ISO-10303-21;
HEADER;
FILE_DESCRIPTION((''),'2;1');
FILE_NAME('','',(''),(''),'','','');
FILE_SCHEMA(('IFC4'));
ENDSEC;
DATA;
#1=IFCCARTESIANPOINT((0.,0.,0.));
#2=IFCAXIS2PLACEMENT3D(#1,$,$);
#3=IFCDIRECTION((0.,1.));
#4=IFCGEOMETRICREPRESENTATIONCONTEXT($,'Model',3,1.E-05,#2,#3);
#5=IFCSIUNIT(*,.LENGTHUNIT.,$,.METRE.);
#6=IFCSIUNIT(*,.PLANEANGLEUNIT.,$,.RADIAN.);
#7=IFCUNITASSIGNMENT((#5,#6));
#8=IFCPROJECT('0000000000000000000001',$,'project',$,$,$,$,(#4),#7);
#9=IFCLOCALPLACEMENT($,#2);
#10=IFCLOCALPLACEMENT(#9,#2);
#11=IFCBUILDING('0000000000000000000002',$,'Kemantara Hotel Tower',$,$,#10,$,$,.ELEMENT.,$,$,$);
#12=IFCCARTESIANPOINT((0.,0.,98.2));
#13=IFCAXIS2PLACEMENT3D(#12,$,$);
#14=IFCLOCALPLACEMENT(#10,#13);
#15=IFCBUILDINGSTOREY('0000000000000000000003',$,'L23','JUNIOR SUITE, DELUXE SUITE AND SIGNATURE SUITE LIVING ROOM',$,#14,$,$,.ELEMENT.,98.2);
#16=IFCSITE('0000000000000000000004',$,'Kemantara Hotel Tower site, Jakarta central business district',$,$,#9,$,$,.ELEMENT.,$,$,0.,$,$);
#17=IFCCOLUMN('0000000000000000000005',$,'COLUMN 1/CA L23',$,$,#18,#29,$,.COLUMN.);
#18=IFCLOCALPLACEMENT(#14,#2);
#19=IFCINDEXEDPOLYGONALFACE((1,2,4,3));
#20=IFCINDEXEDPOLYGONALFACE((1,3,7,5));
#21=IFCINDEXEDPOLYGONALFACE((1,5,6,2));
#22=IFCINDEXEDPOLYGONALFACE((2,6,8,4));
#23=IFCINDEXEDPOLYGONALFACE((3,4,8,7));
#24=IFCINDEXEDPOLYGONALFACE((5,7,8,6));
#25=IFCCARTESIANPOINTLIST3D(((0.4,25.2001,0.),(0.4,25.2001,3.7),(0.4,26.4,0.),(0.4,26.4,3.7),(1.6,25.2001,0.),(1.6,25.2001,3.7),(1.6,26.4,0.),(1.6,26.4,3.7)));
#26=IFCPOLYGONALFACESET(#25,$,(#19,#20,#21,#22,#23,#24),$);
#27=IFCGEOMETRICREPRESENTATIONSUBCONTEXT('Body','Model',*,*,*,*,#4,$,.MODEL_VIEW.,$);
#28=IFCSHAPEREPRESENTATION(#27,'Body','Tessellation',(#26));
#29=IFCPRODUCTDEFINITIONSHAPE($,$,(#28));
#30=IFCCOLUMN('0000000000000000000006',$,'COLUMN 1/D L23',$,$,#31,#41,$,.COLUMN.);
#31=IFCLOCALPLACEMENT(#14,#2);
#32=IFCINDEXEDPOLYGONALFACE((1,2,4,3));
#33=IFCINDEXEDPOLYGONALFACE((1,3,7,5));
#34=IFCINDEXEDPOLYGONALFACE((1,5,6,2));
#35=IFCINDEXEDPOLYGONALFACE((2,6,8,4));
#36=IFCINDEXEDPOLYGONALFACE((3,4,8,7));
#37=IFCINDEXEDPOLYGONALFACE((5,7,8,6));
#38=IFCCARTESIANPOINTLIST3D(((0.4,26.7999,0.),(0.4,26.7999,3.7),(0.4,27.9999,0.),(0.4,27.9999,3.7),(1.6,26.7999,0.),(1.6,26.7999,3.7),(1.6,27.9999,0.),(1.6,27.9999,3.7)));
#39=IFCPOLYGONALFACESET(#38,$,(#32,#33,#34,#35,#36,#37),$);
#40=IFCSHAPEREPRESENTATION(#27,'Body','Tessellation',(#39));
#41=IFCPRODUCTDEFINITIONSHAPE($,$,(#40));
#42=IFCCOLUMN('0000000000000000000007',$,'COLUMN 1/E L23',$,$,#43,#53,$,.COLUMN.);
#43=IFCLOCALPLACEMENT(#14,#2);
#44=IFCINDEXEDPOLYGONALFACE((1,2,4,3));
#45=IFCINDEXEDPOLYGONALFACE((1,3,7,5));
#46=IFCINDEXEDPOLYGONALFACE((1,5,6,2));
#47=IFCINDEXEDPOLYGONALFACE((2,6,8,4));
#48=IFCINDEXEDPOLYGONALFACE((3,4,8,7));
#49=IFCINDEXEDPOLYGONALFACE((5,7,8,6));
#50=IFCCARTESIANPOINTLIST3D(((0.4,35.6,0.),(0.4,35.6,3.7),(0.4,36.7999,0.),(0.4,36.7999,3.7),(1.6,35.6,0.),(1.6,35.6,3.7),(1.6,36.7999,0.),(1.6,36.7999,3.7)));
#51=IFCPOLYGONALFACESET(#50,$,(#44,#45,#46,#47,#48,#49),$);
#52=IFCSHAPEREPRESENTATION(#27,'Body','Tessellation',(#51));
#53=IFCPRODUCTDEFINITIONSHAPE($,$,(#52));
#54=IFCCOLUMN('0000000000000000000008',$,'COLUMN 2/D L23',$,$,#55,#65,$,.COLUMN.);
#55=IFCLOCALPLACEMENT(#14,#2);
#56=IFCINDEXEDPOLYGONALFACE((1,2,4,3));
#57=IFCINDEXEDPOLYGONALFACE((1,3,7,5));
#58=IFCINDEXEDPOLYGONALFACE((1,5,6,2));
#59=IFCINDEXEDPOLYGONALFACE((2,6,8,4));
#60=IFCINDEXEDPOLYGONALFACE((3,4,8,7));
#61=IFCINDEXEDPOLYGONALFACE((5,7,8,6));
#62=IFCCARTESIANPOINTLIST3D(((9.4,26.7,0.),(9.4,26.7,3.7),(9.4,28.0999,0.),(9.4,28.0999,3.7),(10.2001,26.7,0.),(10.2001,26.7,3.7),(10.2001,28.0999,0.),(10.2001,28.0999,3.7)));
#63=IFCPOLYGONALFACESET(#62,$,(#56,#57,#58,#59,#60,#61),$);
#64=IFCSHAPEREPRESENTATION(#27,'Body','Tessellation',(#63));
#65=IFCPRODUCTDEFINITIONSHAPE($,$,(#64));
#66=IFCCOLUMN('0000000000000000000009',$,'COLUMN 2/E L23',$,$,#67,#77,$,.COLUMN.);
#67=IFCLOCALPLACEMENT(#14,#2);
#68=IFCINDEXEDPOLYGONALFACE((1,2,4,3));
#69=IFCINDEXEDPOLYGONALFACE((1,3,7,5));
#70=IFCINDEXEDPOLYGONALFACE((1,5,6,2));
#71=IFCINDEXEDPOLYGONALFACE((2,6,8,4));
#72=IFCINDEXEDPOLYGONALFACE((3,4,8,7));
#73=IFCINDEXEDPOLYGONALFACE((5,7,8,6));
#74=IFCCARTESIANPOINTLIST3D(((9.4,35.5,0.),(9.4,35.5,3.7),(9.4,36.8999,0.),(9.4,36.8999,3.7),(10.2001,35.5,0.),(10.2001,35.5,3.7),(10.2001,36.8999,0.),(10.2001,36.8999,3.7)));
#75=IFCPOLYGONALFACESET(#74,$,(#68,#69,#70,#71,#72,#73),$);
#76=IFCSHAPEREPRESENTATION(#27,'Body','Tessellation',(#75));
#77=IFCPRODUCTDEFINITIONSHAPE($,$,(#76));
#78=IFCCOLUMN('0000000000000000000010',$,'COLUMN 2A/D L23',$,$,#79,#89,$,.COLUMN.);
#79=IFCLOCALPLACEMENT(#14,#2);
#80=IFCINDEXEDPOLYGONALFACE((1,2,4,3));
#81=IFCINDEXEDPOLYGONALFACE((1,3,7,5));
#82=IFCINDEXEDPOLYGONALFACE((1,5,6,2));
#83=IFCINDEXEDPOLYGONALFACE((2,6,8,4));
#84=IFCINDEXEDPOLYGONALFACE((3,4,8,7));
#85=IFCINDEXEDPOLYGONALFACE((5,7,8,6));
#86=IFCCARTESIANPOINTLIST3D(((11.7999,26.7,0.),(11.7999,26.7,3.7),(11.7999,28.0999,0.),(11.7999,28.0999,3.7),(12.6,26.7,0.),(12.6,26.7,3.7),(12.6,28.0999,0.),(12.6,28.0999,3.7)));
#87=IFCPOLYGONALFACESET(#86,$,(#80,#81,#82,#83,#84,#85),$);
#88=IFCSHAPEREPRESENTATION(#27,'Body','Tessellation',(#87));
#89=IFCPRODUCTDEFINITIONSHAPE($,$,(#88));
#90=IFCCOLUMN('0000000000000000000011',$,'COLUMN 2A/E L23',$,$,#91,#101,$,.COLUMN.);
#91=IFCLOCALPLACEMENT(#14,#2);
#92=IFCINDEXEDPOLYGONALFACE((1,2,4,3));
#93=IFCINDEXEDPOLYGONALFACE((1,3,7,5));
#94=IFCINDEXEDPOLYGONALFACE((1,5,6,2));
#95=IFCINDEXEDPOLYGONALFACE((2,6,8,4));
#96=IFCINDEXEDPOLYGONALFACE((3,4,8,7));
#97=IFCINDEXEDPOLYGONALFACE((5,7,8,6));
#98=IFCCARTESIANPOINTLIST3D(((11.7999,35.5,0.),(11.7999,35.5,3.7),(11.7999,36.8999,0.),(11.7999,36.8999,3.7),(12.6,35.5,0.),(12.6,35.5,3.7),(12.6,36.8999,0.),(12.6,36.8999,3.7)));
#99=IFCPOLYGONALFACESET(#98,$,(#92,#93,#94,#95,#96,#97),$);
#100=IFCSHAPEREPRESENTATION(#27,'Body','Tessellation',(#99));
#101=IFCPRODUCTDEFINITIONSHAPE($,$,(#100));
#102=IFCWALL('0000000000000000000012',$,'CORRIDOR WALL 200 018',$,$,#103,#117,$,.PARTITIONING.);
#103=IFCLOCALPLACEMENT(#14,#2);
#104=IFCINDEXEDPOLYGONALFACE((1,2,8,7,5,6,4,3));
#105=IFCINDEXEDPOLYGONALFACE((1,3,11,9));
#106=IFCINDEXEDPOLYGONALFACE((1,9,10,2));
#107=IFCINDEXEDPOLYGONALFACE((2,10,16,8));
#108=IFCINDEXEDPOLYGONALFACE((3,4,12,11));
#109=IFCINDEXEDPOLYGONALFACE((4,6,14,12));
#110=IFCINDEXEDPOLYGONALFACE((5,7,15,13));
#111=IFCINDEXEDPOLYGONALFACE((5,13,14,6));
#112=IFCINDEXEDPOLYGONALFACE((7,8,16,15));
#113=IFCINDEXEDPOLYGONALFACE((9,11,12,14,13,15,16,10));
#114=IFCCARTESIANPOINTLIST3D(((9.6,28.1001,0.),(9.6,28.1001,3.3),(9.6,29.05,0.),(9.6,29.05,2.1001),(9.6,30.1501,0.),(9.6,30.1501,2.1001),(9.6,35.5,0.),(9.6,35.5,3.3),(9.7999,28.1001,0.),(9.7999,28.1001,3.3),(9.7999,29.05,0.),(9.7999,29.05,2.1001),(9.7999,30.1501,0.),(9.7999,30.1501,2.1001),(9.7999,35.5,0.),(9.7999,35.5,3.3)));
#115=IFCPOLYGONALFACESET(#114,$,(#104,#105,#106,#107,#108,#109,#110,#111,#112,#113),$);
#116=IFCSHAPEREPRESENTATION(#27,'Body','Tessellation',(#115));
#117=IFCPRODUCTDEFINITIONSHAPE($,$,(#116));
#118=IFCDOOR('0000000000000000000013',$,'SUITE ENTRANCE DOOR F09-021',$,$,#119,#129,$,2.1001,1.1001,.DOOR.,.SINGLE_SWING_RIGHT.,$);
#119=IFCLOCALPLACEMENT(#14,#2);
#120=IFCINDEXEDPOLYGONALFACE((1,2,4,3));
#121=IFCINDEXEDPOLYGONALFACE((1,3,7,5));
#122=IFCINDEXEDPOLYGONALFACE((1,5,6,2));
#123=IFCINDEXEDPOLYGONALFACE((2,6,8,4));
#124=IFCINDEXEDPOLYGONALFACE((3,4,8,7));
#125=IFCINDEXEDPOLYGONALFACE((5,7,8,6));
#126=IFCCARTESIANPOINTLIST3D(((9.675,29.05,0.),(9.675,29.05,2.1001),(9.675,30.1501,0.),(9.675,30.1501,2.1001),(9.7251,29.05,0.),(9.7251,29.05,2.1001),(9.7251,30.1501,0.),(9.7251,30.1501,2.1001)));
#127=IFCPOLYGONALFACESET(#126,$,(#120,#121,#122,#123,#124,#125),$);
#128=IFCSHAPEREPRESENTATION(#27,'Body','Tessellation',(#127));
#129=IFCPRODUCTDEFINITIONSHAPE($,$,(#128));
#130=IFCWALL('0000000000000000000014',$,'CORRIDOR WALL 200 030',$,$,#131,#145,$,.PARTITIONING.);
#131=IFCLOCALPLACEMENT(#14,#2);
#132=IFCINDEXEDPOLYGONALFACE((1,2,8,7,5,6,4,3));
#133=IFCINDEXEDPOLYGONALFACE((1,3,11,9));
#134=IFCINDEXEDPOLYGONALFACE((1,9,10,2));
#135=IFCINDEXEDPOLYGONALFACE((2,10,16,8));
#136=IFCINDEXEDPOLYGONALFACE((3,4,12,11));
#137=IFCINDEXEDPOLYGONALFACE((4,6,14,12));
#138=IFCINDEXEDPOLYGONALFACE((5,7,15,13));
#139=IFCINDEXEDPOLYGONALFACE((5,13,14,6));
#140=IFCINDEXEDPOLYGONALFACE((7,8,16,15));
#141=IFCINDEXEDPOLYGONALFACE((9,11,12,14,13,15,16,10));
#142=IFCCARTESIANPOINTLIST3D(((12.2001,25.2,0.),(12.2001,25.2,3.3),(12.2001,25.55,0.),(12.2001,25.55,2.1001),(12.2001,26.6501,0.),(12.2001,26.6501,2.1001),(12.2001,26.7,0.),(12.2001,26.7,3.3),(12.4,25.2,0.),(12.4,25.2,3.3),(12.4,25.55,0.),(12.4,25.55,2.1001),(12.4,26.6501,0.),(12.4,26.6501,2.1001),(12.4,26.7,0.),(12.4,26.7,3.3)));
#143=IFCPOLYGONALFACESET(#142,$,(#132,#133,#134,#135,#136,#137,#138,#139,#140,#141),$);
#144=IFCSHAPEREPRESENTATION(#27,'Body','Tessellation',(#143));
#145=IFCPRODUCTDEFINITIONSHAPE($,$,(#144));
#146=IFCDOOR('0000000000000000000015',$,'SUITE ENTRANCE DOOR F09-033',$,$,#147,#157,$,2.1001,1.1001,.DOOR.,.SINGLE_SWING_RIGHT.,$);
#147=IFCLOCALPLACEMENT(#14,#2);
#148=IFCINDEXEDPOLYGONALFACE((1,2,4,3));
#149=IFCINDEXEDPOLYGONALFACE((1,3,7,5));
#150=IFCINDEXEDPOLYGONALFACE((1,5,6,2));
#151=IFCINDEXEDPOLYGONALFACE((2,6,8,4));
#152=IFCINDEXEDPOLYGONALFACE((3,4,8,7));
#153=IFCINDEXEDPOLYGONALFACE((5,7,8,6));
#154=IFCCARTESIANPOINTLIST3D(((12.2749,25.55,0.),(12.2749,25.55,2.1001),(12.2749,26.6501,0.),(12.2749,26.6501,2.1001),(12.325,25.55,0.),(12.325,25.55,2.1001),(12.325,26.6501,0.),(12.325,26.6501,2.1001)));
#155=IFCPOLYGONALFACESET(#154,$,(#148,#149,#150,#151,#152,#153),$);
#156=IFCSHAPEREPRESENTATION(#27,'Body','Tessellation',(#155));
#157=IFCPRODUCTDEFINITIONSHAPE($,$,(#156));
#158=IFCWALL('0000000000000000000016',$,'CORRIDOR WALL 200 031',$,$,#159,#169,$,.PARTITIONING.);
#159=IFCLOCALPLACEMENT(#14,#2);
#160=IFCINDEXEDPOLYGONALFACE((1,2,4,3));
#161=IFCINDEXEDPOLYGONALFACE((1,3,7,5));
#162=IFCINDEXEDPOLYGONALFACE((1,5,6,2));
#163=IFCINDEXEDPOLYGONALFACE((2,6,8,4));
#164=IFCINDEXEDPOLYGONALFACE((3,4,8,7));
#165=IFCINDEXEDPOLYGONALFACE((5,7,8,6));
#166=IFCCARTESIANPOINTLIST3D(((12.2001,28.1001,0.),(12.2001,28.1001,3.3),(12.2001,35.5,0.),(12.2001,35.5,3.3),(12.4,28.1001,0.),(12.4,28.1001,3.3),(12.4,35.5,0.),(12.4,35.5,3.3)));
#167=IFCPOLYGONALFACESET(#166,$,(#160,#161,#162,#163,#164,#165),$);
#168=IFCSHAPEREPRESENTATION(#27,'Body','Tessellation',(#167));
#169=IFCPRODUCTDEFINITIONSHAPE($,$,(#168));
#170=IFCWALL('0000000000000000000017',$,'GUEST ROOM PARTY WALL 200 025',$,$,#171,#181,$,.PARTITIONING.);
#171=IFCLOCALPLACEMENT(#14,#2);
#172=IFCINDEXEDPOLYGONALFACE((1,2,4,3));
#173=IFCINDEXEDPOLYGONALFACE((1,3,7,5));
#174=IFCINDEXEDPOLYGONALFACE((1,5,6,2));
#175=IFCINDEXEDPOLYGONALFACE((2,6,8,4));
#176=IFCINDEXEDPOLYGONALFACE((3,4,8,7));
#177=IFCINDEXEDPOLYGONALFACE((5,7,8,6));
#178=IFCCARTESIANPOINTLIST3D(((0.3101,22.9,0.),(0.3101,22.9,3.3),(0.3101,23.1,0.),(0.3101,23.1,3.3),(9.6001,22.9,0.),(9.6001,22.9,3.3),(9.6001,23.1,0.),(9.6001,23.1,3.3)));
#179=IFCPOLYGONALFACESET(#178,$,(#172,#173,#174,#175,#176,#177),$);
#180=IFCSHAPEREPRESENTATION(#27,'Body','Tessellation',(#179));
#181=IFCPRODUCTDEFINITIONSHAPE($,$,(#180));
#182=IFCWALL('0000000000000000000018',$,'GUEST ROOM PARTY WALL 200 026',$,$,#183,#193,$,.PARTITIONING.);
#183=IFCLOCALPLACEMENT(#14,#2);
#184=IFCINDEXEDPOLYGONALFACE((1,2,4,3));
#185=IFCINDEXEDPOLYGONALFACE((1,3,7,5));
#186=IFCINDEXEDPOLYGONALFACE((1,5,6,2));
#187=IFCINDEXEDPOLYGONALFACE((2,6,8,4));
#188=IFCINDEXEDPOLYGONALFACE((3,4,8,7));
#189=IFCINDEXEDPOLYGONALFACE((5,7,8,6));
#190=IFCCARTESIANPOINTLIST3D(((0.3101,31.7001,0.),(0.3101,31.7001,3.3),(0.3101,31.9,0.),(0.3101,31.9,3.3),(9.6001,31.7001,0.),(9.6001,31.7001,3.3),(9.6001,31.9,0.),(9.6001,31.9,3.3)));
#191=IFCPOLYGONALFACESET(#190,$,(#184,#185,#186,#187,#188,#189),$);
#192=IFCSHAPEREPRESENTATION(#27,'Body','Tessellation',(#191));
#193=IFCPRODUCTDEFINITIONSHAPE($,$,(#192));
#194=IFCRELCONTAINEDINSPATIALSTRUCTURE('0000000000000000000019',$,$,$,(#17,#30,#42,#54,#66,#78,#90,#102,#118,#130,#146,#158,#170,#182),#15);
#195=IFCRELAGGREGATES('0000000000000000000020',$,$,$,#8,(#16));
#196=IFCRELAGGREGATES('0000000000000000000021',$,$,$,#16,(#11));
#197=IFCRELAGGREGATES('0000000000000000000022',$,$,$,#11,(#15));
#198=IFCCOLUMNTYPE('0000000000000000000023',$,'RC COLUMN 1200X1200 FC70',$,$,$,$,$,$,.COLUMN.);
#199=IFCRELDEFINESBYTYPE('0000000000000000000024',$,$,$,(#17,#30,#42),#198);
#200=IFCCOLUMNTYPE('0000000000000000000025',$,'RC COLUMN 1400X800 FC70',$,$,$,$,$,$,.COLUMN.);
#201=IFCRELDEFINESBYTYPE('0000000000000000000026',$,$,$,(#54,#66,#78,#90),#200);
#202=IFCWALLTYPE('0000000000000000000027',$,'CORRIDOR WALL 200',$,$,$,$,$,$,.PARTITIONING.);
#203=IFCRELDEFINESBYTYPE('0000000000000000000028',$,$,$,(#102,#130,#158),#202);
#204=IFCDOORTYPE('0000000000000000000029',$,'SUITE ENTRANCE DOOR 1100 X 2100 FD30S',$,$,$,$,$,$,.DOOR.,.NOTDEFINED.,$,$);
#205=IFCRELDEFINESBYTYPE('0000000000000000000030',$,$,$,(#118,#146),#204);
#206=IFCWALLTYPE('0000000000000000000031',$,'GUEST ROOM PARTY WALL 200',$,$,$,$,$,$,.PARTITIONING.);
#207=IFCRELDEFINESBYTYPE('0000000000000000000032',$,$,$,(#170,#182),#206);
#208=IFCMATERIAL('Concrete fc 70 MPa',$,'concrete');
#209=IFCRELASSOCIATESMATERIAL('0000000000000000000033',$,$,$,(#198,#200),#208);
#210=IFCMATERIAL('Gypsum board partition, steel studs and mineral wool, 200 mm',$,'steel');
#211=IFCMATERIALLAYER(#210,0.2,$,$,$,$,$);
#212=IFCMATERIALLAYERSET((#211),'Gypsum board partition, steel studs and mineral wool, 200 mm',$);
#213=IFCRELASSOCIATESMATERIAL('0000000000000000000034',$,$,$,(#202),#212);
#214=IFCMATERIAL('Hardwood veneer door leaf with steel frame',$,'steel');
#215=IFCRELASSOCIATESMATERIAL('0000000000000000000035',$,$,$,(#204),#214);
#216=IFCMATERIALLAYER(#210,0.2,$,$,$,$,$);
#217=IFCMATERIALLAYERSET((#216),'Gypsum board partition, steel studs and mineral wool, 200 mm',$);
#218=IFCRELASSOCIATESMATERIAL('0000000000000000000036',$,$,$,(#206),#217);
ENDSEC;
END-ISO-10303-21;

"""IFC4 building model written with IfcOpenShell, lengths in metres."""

from ifc_helpers import new_model, si_unit, direction, frame, frame_2d, origin, origin_2d, place, context, subcontext, project, spatial, rectangle, extrude, material, layer, layer_set, material_profile, profile_set, type_object, element, fill, save


model = new_model("IFC4")

# Units and contexts
model_context = context("Model", 3, precision=1e-05, world=origin(), true_north=direction((0.0, 1.0)))
body_context = subcontext(model_context, "Body", "Model", "MODEL_VIEW")
ifc_project = project(units=[si_unit("LENGTHUNIT", "METRE"), si_unit("PLANEANGLEUNIT", "RADIAN")], contexts=[model_context])

# Site, building, storey
site_placement = place(None, origin())
site = spatial("IfcSite", under=ifc_project, at=site_placement, Name="Kemantara Hotel Tower site, Jakarta central business district", CompositionType="ELEMENT", RefElevation=0.0)
building_placement = place(site_placement, origin())
building = spatial("IfcBuilding", under=site, at=building_placement, Name="Kemantara Hotel Tower", CompositionType="ELEMENT")
storey_placement = place(building_placement, frame((0.0, 0.0, 98.2)))
storey = spatial("IfcBuildingStorey", under=building, at=storey_placement, Name="L23", Description="JUNIOR SUITE, DELUXE SUITE AND SIGNATURE SUITE LIVING ROOM", CompositionType="ELEMENT", Elevation=98.2)

# Columns
ifc_material_1 = material(Name="Concrete fc 70 MPa", Category="concrete")
ifc_material_profile_1 = material_profile(ifc_material_1, rectangle(XDim=1.2, YDim=1.2, at=origin_2d()), Name="RC 1200X1200")
ifc_profile_set_1 = profile_set([ifc_material_profile_1], Name="Concrete fc 70 MPa")
column_type_1 = type_object("IfcColumnType", Name="RC COLUMN 1200X1200 FC70", PredefinedType="COLUMN", material=ifc_profile_set_1)
for number, where, z_axis, x_axis, name in (
    (1, (1.0, 25.8, 0.0), (0.0, 0.0, 1.0), (1.0, 0.0, 0.0), "COLUMN 1/CA L23"),
    (2, (1.0, 27.3999, 0.0), (0.0, 0.0, 1.0), (1.0, 0.0, 0.0), "COLUMN 1/D L23"),
    (3, (1.0, 36.2, 0.0), (0.0, 0.0, 1.0), (1.0, 0.0, 0.0), "COLUMN 1/E L23"),
):
    element("IfcColumn", number, at=place(storey_placement, frame(where, z_axis=z_axis, x_axis=x_axis)), inside=storey, type_object=column_type_1, Name=name, PredefinedType="COLUMN", context=body_context, shape_type="SweptSolid", body=[
        extrude(rectangle(XDim=1.2, YDim=1.2, at=origin_2d()), origin(), (0.0, 0.0, 1.0), 3.7),
    ])
ifc_material_profile_2 = material_profile(ifc_material_1, rectangle(XDim=1.3999, YDim=0.8, at=origin_2d()), Name="RC 1400X800")
ifc_profile_set_2 = profile_set([ifc_material_profile_2], Name="Concrete fc 70 MPa")
column_type_2 = type_object("IfcColumnType", Name="RC COLUMN 1400X800 FC70", PredefinedType="COLUMN", material=ifc_profile_set_2)
for number, where, z_axis, x_axis, name in (
    (4, (9.8, 27.3999, 0.0), (0.0, 0.0, 1.0), (0.0, 1.0, 0.0), "COLUMN 2/D L23"),
    (5, (9.8, 36.2, 0.0), (0.0, 0.0, 1.0), (0.0, 1.0, 0.0), "COLUMN 2/E L23"),
    (6, (12.2, 27.3999, 0.0), (0.0, 0.0, 1.0), (0.0, 1.0, 0.0), "COLUMN 2A/D L23"),
    (7, (12.2, 36.2, 0.0), (0.0, 0.0, 1.0), (0.0, 1.0, 0.0), "COLUMN 2A/E L23"),
):
    element("IfcColumn", number, at=place(storey_placement, frame(where, z_axis=z_axis, x_axis=x_axis)), inside=storey, type_object=column_type_2, Name=name, PredefinedType="COLUMN", context=body_context, shape_type="SweptSolid", body=[
        extrude(rectangle(XDim=1.3999, YDim=0.8, at=origin_2d()), origin(), (0.0, 0.0, 1.0), 3.7),
    ])

# Walls, openings, doors
ifc_material_2 = material(Name="Gypsum board partition, steel studs and mineral wool, 200 mm", Category="steel")
ifc_layer_1 = layer(ifc_material_2, 0.2)
ifc_layer_set_1 = layer_set([ifc_layer_1], Name="Gypsum board partition, steel studs and mineral wool, 200 mm")
wall_type_1 = type_object("IfcWallType", Name="CORRIDOR WALL 200", PredefinedType="PARTITIONING", material=ifc_layer_set_1)
wall_1_placement = place(storey_placement, frame((9.7, 28.1001, 0.0), z_axis=(0.0, 0.0, 1.0), x_axis=(0.0, 1.0, 0.0)))
wall_1 = element("IfcWall", 8, at=wall_1_placement, inside=storey, type_object=wall_type_1, Name="CORRIDOR WALL 200 018", PredefinedType="PARTITIONING", context=body_context, shape_type="SweptSolid", body=[
    extrude(rectangle(XDim=7.3999, YDim=0.2, at=frame_2d((3.7, 0.0))), origin(), (0.0, 0.0, 1.0), 3.3),
])
opening_1_placement = place(wall_1_placement, frame((0.95, 0.0, 0.0)))
opening_1 = element("IfcOpeningElement", 9, at=opening_1_placement, cuts=wall_1, PredefinedType="OPENING", context=body_context, shape_type="SweptSolid", body=[
    extrude(rectangle(XDim=1.1001, YDim=2.1001, at=frame_2d((0.55, 1.05))), frame((0.0, 0.1099, 0.0), z_axis=(0.0, -1.0, 0.0), x_axis=(1.0, 0.0, 0.0)), (0.0, 0.0, 1.0), 0.22),
])
ifc_material_3 = material(Name="Hardwood veneer door leaf with steel frame", Category="steel")
door_type_1 = type_object("IfcDoorType", Name="SUITE ENTRANCE DOOR 1100 X 2100 FD30S", OperationType="NOTDEFINED", PredefinedType="DOOR", material=ifc_material_3)
door_1_placement = place(opening_1_placement, origin())
door_1 = element("IfcDoor", 10, at=door_1_placement, inside=storey, type_object=door_type_1, Name="SUITE ENTRANCE DOOR F09-021", OperationType="SINGLE_SWING_RIGHT", OverallHeight=2.1001, OverallWidth=1.1001, PredefinedType="DOOR", context=body_context, shape_type="SweptSolid", body=[
    extrude(rectangle(XDim=1.1001, YDim=2.1001, at=frame_2d((0.55, 1.05))), frame((0.0, 0.0249, 0.0), z_axis=(0.0, -1.0, 0.0), x_axis=(1.0, 0.0, 0.0)), (0.0, 0.0, 1.0), 0.05),
])
fill(opening_1, door_1)
wall_2_placement = place(storey_placement, frame((12.3, 26.7, 0.0), z_axis=(0.0, 0.0, 1.0), x_axis=(0.0, -1.0, 0.0)))
wall_2 = element("IfcWall", 11, at=wall_2_placement, inside=storey, type_object=wall_type_1, Name="CORRIDOR WALL 200 030", PredefinedType="PARTITIONING", context=body_context, shape_type="SweptSolid", body=[
    extrude(rectangle(XDim=1.5, YDim=0.2, at=frame_2d((0.75, 0.0))), origin(), (0.0, 0.0, 1.0), 3.3),
])
opening_2_placement = place(wall_2_placement, frame((0.0498, 0.0, 0.0)))
opening_2 = element("IfcOpeningElement", 12, at=opening_2_placement, cuts=wall_2, PredefinedType="OPENING", context=body_context, shape_type="SweptSolid", body=[
    extrude(rectangle(XDim=1.1001, YDim=2.1001, at=frame_2d((0.55, 1.05))), frame((0.0, 0.1099, 0.0), z_axis=(0.0, -1.0, 0.0), x_axis=(1.0, 0.0, 0.0)), (0.0, 0.0, 1.0), 0.22),
])
door_2_placement = place(opening_2_placement, origin())
door_2 = element("IfcDoor", 13, at=door_2_placement, inside=storey, type_object=door_type_1, Name="SUITE ENTRANCE DOOR F09-033", OperationType="SINGLE_SWING_RIGHT", OverallHeight=2.1001, OverallWidth=1.1001, PredefinedType="DOOR", context=body_context, shape_type="SweptSolid", body=[
    extrude(rectangle(XDim=1.1001, YDim=2.1001, at=frame_2d((0.55, 1.05))), frame((0.0, 0.0249, 0.0), z_axis=(0.0, -1.0, 0.0), x_axis=(1.0, 0.0, 0.0)), (0.0, 0.0, 1.0), 0.05),
])
fill(opening_2, door_2)

# Walls
wall_3_placement = place(storey_placement, frame((12.3, 28.1001, 0.0), z_axis=(0.0, 0.0, 1.0), x_axis=(0.0, 1.0, 0.0)))
element("IfcWall", 14, at=wall_3_placement, inside=storey, type_object=wall_type_1, Name="CORRIDOR WALL 200 031", PredefinedType="PARTITIONING", context=body_context, shape_type="SweptSolid", body=[
    extrude(rectangle(XDim=7.3999, YDim=0.2, at=frame_2d((3.7, 0.0))), origin(), (0.0, 0.0, 1.0), 3.3),
])
ifc_layer_2 = layer(ifc_material_2, 0.2)
ifc_layer_set_2 = layer_set([ifc_layer_2], Name="Gypsum board partition, steel studs and mineral wool, 200 mm")
wall_type_2 = type_object("IfcWallType", Name="GUEST ROOM PARTY WALL 200", PredefinedType="PARTITIONING", material=ifc_layer_set_2)
for number, where, z_axis, x_axis, name in (
    (15, (0.3101, 23.0, 0.0), (0.0, 0.0, 1.0), (1.0, 0.0, 0.0), "GUEST ROOM PARTY WALL 200 025"),
    (16, (0.3101, 31.8, 0.0), (0.0, 0.0, 1.0), (1.0, 0.0, 0.0), "GUEST ROOM PARTY WALL 200 026"),
):
    element("IfcWall", number, at=place(storey_placement, frame(where, z_axis=z_axis, x_axis=x_axis)), inside=storey, type_object=wall_type_2, Name=name, PredefinedType="PARTITIONING", context=body_context, shape_type="SweptSolid", body=[
        extrude(rectangle(XDim=9.29, YDim=0.2, at=frame_2d((4.645, 0.0))), origin(), (0.0, 0.0, 1.0), 3.3),
    ])

save(model, "model.ifc")
